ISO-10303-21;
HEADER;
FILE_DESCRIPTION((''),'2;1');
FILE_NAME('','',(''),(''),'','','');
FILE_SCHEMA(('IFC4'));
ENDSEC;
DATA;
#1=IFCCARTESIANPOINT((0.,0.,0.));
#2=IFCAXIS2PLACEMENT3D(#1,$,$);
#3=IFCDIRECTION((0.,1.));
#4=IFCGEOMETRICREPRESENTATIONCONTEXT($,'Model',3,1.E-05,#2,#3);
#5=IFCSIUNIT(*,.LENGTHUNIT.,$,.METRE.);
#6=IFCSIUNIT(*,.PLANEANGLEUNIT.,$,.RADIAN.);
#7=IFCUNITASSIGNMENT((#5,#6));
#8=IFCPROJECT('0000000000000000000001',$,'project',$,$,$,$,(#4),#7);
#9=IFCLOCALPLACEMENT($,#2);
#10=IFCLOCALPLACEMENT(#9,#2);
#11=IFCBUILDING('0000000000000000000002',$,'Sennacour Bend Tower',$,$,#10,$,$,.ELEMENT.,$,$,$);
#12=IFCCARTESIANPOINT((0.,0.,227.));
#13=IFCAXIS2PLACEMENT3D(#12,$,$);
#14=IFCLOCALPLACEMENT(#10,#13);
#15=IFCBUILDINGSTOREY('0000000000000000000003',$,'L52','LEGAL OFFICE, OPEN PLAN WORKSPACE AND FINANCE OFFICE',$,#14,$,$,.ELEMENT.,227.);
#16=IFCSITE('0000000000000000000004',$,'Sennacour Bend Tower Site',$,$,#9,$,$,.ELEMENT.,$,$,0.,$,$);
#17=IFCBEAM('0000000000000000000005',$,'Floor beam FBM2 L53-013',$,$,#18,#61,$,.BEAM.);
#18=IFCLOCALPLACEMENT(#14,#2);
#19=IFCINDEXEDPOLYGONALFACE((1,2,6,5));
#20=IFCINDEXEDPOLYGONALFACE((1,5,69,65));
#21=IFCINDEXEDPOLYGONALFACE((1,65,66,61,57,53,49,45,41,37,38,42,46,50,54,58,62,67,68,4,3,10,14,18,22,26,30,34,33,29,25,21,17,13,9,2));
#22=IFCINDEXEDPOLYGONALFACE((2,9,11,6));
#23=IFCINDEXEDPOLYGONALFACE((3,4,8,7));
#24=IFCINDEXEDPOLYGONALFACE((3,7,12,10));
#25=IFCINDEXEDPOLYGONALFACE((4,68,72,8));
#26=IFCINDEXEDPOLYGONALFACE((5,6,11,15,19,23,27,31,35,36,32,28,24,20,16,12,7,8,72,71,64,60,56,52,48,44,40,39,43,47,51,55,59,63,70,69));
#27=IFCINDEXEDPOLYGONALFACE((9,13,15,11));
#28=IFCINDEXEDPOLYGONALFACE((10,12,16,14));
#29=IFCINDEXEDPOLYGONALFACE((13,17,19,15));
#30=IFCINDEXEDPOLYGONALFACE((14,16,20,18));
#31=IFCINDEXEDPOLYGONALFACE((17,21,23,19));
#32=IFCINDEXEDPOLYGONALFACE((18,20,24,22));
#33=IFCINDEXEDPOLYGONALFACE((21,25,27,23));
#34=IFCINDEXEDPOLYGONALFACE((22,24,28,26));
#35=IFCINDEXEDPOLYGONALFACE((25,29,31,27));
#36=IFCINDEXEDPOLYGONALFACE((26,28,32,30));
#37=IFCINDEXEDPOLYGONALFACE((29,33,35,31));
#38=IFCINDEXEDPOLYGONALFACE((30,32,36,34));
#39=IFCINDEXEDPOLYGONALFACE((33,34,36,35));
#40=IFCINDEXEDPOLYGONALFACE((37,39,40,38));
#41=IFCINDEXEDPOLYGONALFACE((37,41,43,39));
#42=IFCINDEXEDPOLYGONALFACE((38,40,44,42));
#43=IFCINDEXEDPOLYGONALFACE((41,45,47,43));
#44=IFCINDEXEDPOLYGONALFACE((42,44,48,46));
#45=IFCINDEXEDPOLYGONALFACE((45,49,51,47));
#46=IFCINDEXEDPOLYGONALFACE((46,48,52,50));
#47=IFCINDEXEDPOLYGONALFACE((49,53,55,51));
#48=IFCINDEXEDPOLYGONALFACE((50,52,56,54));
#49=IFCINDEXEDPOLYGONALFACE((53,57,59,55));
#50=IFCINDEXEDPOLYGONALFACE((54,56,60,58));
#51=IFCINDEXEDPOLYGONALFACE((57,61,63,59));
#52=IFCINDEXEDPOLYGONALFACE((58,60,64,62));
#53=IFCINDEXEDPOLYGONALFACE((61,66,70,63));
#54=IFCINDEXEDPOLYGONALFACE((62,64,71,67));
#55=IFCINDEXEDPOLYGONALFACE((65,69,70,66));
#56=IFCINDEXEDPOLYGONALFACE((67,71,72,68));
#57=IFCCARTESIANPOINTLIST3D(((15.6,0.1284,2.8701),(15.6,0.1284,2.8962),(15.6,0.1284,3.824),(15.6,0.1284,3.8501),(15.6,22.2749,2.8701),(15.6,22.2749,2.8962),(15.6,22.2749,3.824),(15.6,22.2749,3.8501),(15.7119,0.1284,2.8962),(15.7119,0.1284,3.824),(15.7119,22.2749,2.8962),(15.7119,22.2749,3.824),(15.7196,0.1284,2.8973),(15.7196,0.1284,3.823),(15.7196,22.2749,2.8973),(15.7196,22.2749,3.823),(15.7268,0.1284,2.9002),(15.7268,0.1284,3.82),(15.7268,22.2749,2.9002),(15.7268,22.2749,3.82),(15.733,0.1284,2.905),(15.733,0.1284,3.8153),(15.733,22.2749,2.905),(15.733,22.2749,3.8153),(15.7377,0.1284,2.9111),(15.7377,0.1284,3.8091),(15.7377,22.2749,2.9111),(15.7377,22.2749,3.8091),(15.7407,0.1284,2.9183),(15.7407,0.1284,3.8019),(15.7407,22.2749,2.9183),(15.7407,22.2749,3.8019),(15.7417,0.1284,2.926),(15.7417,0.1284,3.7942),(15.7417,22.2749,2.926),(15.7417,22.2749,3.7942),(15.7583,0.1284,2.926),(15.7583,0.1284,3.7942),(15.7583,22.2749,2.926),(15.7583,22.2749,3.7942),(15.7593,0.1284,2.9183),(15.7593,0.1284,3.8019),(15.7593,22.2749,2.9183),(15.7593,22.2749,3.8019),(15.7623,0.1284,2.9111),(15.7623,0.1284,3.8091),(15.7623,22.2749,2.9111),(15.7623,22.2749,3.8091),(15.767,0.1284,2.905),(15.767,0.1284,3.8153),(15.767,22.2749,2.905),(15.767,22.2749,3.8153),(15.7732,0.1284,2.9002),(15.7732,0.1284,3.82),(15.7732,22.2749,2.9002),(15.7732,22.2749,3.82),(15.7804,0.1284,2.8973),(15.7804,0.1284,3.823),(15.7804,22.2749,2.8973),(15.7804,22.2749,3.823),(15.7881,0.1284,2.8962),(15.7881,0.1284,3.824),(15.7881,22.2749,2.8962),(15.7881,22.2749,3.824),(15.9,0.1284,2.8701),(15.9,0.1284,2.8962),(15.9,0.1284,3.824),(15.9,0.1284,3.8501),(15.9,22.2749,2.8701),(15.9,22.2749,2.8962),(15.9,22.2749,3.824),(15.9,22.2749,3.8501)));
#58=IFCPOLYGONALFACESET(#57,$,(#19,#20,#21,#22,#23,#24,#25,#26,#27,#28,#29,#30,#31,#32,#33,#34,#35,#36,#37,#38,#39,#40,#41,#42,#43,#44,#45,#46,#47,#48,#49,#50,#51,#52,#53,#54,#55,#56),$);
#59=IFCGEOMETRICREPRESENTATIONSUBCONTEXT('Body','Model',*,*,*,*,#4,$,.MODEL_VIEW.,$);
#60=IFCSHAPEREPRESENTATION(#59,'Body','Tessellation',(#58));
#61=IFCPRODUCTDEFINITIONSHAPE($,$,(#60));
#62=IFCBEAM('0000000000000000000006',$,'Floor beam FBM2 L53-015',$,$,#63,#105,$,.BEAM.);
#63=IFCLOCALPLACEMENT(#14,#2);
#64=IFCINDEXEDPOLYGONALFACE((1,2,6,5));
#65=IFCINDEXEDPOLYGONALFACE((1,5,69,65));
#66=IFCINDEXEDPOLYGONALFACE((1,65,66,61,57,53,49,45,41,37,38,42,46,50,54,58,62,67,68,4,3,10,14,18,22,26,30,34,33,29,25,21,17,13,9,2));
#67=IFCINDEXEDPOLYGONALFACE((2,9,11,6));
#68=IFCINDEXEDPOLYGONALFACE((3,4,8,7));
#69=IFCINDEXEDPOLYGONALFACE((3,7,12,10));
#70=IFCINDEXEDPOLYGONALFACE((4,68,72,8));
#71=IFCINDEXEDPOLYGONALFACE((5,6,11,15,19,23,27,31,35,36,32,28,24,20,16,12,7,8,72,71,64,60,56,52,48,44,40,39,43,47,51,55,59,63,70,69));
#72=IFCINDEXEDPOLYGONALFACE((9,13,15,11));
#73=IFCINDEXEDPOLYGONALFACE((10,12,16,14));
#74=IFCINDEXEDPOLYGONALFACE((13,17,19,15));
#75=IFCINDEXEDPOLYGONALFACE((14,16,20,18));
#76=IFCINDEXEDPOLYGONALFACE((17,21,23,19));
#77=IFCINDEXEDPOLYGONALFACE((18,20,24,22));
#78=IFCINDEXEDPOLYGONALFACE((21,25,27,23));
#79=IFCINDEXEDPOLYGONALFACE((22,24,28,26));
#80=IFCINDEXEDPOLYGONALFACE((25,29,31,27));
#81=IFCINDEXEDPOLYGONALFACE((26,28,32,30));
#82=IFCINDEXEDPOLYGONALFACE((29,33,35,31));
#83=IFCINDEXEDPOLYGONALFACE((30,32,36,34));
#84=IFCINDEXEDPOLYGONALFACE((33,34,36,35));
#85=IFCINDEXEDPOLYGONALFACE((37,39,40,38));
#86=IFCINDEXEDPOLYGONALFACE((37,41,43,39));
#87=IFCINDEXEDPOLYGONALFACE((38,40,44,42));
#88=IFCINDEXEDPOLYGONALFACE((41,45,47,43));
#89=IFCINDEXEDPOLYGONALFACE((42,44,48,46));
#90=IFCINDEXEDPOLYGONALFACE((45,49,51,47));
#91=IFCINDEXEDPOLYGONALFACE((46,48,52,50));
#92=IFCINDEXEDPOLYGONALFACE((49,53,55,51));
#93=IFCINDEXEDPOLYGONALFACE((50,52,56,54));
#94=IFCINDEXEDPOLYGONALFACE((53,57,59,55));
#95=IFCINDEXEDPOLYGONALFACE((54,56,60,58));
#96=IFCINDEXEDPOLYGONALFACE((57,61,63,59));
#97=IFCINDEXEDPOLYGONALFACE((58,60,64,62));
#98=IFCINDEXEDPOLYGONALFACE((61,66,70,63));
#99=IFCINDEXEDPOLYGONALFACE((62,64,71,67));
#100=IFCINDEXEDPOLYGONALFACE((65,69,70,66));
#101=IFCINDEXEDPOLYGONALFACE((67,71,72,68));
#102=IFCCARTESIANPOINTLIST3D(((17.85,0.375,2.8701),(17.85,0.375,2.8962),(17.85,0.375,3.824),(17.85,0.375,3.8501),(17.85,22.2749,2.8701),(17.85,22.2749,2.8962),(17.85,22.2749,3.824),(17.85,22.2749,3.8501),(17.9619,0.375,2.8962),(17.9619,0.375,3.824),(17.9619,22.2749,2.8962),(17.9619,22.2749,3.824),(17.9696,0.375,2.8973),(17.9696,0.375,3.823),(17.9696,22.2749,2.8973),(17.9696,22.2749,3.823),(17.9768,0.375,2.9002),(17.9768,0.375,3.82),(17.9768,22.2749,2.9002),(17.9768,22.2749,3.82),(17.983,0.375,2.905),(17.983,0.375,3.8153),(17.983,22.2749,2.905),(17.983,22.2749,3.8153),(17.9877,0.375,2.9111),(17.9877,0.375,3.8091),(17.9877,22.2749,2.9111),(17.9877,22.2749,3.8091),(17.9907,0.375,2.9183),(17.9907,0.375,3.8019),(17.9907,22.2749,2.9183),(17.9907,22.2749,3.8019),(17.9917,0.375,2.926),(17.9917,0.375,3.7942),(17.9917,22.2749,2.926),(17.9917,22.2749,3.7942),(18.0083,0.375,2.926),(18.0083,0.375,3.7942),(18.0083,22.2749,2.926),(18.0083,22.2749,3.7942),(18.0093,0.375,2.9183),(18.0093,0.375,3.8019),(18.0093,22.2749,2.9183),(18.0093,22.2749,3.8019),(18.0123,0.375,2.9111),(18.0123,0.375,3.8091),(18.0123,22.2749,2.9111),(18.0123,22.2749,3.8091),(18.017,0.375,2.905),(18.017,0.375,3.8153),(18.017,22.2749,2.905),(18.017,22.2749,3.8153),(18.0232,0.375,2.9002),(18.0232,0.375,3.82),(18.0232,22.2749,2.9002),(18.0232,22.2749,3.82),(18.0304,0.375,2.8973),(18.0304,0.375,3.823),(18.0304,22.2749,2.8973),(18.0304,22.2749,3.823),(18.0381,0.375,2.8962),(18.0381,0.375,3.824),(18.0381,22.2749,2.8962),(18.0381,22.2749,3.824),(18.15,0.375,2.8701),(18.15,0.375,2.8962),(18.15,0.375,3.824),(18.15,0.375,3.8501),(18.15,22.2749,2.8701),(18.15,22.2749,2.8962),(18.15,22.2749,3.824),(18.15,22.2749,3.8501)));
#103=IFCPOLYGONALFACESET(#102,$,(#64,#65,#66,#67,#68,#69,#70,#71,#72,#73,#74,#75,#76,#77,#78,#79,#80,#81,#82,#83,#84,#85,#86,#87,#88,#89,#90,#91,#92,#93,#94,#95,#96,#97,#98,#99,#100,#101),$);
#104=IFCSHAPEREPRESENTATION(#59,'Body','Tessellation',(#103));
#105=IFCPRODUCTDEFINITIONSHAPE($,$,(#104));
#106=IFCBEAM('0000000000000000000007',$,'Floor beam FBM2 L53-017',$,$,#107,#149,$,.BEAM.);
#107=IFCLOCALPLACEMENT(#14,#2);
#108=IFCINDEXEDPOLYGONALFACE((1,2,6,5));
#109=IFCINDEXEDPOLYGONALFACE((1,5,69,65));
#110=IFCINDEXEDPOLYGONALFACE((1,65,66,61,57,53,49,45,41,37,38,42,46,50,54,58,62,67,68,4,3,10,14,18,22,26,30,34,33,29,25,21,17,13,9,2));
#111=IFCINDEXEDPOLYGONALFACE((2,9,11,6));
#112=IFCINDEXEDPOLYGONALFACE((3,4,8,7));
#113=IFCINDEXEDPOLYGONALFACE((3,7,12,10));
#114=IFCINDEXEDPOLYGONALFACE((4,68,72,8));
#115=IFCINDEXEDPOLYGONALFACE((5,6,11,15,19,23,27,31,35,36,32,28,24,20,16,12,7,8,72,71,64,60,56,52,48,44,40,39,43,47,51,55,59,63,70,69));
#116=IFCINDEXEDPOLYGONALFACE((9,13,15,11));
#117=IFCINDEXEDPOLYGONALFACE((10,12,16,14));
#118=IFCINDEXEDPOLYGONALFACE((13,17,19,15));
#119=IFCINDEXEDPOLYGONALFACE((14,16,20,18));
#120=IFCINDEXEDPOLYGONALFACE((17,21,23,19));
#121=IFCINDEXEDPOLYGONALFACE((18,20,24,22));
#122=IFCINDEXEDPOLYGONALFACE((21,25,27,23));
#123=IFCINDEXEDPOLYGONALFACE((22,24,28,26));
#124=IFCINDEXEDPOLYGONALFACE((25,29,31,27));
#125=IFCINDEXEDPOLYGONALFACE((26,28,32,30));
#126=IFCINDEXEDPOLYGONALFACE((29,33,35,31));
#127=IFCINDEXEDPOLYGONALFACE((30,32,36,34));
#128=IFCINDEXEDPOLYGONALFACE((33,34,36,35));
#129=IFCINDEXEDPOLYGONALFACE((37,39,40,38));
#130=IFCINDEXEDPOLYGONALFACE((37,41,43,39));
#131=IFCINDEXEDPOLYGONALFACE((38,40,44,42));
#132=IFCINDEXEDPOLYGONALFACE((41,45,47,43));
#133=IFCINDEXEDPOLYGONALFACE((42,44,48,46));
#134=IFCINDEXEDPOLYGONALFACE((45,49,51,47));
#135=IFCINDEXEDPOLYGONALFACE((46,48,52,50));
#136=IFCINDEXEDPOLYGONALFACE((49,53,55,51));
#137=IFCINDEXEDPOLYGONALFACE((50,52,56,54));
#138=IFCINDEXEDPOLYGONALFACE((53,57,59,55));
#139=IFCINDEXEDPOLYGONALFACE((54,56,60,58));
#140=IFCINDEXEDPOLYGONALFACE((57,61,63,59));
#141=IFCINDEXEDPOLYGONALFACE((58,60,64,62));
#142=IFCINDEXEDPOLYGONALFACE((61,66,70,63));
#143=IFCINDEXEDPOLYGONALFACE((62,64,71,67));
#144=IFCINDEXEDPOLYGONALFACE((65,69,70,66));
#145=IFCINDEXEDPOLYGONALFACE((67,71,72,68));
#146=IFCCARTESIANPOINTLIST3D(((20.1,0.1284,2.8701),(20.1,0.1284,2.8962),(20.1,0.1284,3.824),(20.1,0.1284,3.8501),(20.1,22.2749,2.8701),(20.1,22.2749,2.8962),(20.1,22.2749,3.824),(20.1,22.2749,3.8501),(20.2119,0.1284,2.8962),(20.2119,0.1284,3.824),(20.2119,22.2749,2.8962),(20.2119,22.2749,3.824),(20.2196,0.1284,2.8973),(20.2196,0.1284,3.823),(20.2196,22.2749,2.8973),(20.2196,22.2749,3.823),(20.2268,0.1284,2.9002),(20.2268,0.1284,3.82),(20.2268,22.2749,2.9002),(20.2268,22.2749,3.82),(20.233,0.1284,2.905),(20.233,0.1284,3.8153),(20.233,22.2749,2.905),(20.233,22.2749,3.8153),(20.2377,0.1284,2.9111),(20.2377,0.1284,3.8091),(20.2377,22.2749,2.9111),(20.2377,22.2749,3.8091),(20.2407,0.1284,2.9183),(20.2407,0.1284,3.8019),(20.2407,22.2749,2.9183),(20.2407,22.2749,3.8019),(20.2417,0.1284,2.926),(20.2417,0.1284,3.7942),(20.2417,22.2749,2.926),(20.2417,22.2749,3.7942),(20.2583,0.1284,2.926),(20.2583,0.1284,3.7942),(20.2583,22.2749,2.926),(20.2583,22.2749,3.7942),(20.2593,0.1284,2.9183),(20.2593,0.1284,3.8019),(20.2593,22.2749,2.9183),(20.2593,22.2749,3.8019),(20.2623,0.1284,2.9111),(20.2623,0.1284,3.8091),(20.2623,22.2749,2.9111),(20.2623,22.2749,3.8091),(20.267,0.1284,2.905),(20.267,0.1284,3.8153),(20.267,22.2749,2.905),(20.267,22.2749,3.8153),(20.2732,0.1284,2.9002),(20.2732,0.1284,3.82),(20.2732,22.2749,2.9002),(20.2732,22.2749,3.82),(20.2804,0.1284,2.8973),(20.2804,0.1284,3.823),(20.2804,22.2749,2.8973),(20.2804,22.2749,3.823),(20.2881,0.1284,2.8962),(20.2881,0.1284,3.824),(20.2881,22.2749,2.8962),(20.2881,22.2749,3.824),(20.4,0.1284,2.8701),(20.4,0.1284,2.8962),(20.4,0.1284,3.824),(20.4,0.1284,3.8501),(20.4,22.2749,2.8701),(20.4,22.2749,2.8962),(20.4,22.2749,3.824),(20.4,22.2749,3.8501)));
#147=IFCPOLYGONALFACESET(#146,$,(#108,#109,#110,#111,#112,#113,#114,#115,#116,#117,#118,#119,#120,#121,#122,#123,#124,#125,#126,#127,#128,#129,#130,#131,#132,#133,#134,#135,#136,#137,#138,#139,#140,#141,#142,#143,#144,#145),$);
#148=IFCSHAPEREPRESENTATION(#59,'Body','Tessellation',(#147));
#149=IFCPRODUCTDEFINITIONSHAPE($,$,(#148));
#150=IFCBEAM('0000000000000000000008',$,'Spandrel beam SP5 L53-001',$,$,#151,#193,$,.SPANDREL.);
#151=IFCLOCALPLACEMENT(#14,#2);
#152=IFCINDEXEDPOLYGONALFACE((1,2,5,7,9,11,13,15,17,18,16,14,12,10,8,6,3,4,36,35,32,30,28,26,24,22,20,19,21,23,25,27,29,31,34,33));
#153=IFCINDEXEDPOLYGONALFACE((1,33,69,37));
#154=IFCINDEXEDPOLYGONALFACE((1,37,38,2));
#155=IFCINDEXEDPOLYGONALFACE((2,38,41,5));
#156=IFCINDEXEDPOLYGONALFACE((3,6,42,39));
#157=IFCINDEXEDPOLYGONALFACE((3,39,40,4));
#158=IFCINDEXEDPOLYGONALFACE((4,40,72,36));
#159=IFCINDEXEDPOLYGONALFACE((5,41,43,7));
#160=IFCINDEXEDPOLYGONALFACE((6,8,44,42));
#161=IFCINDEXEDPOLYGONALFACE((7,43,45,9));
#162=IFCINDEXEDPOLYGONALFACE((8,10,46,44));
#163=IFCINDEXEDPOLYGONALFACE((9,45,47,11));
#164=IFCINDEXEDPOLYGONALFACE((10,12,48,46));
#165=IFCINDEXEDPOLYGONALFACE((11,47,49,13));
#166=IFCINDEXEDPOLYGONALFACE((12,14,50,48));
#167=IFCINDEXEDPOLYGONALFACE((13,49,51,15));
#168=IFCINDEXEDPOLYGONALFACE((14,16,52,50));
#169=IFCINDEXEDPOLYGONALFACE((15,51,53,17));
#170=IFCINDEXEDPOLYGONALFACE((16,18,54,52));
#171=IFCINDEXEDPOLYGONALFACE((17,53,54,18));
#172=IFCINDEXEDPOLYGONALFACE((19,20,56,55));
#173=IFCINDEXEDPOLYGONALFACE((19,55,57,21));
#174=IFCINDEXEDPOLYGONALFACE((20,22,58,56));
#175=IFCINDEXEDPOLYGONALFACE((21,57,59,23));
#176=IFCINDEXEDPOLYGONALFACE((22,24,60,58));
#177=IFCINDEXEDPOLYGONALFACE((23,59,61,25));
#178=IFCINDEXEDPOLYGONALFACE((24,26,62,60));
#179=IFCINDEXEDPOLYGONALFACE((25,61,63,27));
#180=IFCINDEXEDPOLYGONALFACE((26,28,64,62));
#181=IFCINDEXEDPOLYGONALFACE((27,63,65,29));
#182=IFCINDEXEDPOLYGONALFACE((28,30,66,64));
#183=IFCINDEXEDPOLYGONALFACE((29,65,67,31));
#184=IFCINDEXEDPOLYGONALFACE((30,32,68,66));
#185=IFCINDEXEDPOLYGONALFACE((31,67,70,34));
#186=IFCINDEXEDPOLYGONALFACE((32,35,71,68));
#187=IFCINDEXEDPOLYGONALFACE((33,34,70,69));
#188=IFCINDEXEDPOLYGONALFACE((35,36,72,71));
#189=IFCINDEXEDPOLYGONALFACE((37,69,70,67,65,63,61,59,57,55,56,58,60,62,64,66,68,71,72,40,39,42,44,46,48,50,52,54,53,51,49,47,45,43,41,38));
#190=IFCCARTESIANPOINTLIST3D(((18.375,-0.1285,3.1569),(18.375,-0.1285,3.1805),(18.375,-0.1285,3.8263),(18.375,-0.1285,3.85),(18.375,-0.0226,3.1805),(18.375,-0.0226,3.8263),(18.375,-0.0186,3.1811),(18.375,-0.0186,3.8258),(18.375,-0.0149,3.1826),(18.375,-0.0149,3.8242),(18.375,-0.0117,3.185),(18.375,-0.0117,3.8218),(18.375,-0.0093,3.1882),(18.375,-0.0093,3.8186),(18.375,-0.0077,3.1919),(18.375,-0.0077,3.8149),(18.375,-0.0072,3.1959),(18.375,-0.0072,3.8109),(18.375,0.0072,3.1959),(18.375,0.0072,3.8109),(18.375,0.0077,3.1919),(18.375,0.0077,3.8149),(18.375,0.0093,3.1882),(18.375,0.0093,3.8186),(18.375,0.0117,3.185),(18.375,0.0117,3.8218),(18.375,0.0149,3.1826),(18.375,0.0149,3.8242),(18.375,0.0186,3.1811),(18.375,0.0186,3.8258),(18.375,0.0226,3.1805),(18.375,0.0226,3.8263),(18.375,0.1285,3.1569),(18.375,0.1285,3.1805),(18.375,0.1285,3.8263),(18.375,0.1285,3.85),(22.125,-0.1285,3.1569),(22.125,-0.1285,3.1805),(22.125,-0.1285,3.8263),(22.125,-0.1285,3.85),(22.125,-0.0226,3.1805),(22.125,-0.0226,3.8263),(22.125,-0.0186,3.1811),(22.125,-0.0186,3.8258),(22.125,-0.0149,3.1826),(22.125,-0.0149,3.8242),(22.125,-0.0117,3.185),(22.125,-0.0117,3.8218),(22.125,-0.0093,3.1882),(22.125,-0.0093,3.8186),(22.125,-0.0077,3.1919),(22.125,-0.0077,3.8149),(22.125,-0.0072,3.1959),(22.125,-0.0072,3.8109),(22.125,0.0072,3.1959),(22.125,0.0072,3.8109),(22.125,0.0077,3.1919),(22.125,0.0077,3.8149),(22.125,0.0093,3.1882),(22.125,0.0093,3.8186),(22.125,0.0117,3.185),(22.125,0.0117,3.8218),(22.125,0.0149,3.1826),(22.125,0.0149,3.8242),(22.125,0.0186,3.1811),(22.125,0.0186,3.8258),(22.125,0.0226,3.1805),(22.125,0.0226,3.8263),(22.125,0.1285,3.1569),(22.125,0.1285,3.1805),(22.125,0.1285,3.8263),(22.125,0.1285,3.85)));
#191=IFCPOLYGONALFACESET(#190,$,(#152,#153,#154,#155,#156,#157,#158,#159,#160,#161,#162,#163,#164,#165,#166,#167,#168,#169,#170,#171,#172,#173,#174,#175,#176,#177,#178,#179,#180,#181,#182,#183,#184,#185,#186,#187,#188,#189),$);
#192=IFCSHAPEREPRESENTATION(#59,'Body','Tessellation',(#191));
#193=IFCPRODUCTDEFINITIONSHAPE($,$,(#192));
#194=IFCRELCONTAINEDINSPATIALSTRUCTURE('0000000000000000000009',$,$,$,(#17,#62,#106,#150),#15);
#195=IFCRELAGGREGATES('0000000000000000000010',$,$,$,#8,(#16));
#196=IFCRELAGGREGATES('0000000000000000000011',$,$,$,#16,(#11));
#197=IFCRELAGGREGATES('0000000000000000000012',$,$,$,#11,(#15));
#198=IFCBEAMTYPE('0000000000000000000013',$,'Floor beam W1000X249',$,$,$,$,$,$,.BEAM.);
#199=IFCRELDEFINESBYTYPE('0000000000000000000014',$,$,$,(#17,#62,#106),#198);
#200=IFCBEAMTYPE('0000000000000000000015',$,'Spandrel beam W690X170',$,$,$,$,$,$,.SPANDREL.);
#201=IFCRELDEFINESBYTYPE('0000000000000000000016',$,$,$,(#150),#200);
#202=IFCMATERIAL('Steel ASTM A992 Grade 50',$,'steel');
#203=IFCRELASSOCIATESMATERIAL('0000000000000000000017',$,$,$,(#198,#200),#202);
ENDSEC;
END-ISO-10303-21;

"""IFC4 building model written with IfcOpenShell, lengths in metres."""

from ifc_helpers import new_model, si_unit, direction, frame, origin, origin_2d, place, context, subcontext, project, spatial, i_section, extrude, material, material_profile, profile_set, type_object, element, save


model = new_model("IFC4")

# Units and contexts
model_context = context("Model", 3, precision=1e-05, world=origin(), true_north=direction((0.0, 1.0)))
body_context = subcontext(model_context, "Body", "Model", "MODEL_VIEW")
ifc_project = project(units=[si_unit("LENGTHUNIT", "METRE"), si_unit("PLANEANGLEUNIT", "RADIAN")], contexts=[model_context])

# Site, building, storey
site_placement = place(None, origin())
site = spatial("IfcSite", under=ifc_project, at=site_placement, Name="Sennacour Bend Tower Site", CompositionType="ELEMENT", RefElevation=0.0)
building_placement = place(site_placement, origin())
building = spatial("IfcBuilding", under=site, at=building_placement, Name="Sennacour Bend Tower", CompositionType="ELEMENT")
storey_placement = place(building_placement, frame((0.0, 0.0, 227.0)))
storey = spatial("IfcBuildingStorey", under=building, at=storey_placement, Name="L52", Description="LEGAL OFFICE, OPEN PLAN WORKSPACE AND FINANCE OFFICE", CompositionType="ELEMENT", Elevation=227.0)

# Beams
ifc_material_1 = material(Name="Steel ASTM A992 Grade 50", Category="steel")
ifc_material_profile_1 = material_profile(ifc_material_1, i_section(OverallWidth=0.3, OverallDepth=0.98, WebThickness=0.0166, FlangeThickness=0.0261, FilletRadius=0.0298, at=origin_2d()), Name="Steel ASTM A992 Grade 50", Category="steel")
ifc_profile_set_1 = profile_set([ifc_material_profile_1], Name="Steel ASTM A992 Grade 50")
beam_type_1 = type_object("IfcBeamType", Name="Floor beam W1000X249", PredefinedType="BEAM", material=ifc_profile_set_1)
beam_1_placement = place(storey_placement, frame((15.75, 0.1284, 3.3601), z_axis=(0.0, 1.0, 0.0), x_axis=(-1.0, 0.0, 0.0)))
element("IfcBeam", 1, at=beam_1_placement, inside=storey, type_object=beam_type_1, Name="Floor beam FBM2 L53-013", PredefinedType="BEAM", context=body_context, shape_type="SweptSolid", body=[
    extrude(i_section(OverallWidth=0.3, OverallDepth=0.98, WebThickness=0.0166, FlangeThickness=0.0261, FilletRadius=0.0298, at=origin_2d()), origin(), (0.0, 0.0, 1.0), 22.1465),
])
beam_2_placement = place(storey_placement, frame((18.0, 0.375, 3.3601), z_axis=(0.0, 1.0, 0.0), x_axis=(-1.0, 0.0, 0.0)))
element("IfcBeam", 2, at=beam_2_placement, inside=storey, type_object=beam_type_1, Name="Floor beam FBM2 L53-015", PredefinedType="BEAM", context=body_context, shape_type="SweptSolid", body=[
    extrude(i_section(OverallWidth=0.3, OverallDepth=0.98, WebThickness=0.0166, FlangeThickness=0.0261, FilletRadius=0.0298, at=origin_2d()), origin(), (0.0, 0.0, 1.0), 21.8999),
])
beam_3_placement = place(storey_placement, frame((20.25, 0.1284, 3.3601), z_axis=(0.0, 1.0, 0.0), x_axis=(-1.0, 0.0, 0.0)))
element("IfcBeam", 3, at=beam_3_placement, inside=storey, type_object=beam_type_1, Name="Floor beam FBM2 L53-017", PredefinedType="BEAM", context=body_context, shape_type="SweptSolid", body=[
    extrude(i_section(OverallWidth=0.3, OverallDepth=0.98, WebThickness=0.0166, FlangeThickness=0.0261, FilletRadius=0.0298, at=origin_2d()), origin(), (0.0, 0.0, 1.0), 22.1465),
])
ifc_material_profile_2 = material_profile(ifc_material_1, i_section(OverallWidth=0.2571, OverallDepth=0.6931, WebThickness=0.0144, FlangeThickness=0.0237, FilletRadius=0.0154, at=origin_2d()), Name="Steel ASTM A992 Grade 50", Category="steel")
ifc_profile_set_2 = profile_set([ifc_material_profile_2], Name="Steel ASTM A992 Grade 50")
beam_type_2 = type_object("IfcBeamType", Name="Spandrel beam W690X170", PredefinedType="SPANDREL", material=ifc_profile_set_2)
for number, where, z_axis, x_axis, name in (
    (4, (22.125, 0.0, 3.5034), (-1.0, 0.0, 0.0), (0.0, -1.0, 0.0), "Spandrel beam SP5 L53-001"),
):
    element("IfcBeam", number, at=place(storey_placement, frame(where, z_axis=z_axis, x_axis=x_axis)), inside=storey, type_object=beam_type_2, Name=name, PredefinedType="SPANDREL", context=body_context, shape_type="SweptSolid", body=[
        extrude(i_section(OverallWidth=0.2571, OverallDepth=0.6931, WebThickness=0.0144, FlangeThickness=0.0237, FilletRadius=0.0154, at=origin_2d()), origin(), (0.0, 0.0, 1.0), 3.75),
    ])

save(model, "model.ifc")
